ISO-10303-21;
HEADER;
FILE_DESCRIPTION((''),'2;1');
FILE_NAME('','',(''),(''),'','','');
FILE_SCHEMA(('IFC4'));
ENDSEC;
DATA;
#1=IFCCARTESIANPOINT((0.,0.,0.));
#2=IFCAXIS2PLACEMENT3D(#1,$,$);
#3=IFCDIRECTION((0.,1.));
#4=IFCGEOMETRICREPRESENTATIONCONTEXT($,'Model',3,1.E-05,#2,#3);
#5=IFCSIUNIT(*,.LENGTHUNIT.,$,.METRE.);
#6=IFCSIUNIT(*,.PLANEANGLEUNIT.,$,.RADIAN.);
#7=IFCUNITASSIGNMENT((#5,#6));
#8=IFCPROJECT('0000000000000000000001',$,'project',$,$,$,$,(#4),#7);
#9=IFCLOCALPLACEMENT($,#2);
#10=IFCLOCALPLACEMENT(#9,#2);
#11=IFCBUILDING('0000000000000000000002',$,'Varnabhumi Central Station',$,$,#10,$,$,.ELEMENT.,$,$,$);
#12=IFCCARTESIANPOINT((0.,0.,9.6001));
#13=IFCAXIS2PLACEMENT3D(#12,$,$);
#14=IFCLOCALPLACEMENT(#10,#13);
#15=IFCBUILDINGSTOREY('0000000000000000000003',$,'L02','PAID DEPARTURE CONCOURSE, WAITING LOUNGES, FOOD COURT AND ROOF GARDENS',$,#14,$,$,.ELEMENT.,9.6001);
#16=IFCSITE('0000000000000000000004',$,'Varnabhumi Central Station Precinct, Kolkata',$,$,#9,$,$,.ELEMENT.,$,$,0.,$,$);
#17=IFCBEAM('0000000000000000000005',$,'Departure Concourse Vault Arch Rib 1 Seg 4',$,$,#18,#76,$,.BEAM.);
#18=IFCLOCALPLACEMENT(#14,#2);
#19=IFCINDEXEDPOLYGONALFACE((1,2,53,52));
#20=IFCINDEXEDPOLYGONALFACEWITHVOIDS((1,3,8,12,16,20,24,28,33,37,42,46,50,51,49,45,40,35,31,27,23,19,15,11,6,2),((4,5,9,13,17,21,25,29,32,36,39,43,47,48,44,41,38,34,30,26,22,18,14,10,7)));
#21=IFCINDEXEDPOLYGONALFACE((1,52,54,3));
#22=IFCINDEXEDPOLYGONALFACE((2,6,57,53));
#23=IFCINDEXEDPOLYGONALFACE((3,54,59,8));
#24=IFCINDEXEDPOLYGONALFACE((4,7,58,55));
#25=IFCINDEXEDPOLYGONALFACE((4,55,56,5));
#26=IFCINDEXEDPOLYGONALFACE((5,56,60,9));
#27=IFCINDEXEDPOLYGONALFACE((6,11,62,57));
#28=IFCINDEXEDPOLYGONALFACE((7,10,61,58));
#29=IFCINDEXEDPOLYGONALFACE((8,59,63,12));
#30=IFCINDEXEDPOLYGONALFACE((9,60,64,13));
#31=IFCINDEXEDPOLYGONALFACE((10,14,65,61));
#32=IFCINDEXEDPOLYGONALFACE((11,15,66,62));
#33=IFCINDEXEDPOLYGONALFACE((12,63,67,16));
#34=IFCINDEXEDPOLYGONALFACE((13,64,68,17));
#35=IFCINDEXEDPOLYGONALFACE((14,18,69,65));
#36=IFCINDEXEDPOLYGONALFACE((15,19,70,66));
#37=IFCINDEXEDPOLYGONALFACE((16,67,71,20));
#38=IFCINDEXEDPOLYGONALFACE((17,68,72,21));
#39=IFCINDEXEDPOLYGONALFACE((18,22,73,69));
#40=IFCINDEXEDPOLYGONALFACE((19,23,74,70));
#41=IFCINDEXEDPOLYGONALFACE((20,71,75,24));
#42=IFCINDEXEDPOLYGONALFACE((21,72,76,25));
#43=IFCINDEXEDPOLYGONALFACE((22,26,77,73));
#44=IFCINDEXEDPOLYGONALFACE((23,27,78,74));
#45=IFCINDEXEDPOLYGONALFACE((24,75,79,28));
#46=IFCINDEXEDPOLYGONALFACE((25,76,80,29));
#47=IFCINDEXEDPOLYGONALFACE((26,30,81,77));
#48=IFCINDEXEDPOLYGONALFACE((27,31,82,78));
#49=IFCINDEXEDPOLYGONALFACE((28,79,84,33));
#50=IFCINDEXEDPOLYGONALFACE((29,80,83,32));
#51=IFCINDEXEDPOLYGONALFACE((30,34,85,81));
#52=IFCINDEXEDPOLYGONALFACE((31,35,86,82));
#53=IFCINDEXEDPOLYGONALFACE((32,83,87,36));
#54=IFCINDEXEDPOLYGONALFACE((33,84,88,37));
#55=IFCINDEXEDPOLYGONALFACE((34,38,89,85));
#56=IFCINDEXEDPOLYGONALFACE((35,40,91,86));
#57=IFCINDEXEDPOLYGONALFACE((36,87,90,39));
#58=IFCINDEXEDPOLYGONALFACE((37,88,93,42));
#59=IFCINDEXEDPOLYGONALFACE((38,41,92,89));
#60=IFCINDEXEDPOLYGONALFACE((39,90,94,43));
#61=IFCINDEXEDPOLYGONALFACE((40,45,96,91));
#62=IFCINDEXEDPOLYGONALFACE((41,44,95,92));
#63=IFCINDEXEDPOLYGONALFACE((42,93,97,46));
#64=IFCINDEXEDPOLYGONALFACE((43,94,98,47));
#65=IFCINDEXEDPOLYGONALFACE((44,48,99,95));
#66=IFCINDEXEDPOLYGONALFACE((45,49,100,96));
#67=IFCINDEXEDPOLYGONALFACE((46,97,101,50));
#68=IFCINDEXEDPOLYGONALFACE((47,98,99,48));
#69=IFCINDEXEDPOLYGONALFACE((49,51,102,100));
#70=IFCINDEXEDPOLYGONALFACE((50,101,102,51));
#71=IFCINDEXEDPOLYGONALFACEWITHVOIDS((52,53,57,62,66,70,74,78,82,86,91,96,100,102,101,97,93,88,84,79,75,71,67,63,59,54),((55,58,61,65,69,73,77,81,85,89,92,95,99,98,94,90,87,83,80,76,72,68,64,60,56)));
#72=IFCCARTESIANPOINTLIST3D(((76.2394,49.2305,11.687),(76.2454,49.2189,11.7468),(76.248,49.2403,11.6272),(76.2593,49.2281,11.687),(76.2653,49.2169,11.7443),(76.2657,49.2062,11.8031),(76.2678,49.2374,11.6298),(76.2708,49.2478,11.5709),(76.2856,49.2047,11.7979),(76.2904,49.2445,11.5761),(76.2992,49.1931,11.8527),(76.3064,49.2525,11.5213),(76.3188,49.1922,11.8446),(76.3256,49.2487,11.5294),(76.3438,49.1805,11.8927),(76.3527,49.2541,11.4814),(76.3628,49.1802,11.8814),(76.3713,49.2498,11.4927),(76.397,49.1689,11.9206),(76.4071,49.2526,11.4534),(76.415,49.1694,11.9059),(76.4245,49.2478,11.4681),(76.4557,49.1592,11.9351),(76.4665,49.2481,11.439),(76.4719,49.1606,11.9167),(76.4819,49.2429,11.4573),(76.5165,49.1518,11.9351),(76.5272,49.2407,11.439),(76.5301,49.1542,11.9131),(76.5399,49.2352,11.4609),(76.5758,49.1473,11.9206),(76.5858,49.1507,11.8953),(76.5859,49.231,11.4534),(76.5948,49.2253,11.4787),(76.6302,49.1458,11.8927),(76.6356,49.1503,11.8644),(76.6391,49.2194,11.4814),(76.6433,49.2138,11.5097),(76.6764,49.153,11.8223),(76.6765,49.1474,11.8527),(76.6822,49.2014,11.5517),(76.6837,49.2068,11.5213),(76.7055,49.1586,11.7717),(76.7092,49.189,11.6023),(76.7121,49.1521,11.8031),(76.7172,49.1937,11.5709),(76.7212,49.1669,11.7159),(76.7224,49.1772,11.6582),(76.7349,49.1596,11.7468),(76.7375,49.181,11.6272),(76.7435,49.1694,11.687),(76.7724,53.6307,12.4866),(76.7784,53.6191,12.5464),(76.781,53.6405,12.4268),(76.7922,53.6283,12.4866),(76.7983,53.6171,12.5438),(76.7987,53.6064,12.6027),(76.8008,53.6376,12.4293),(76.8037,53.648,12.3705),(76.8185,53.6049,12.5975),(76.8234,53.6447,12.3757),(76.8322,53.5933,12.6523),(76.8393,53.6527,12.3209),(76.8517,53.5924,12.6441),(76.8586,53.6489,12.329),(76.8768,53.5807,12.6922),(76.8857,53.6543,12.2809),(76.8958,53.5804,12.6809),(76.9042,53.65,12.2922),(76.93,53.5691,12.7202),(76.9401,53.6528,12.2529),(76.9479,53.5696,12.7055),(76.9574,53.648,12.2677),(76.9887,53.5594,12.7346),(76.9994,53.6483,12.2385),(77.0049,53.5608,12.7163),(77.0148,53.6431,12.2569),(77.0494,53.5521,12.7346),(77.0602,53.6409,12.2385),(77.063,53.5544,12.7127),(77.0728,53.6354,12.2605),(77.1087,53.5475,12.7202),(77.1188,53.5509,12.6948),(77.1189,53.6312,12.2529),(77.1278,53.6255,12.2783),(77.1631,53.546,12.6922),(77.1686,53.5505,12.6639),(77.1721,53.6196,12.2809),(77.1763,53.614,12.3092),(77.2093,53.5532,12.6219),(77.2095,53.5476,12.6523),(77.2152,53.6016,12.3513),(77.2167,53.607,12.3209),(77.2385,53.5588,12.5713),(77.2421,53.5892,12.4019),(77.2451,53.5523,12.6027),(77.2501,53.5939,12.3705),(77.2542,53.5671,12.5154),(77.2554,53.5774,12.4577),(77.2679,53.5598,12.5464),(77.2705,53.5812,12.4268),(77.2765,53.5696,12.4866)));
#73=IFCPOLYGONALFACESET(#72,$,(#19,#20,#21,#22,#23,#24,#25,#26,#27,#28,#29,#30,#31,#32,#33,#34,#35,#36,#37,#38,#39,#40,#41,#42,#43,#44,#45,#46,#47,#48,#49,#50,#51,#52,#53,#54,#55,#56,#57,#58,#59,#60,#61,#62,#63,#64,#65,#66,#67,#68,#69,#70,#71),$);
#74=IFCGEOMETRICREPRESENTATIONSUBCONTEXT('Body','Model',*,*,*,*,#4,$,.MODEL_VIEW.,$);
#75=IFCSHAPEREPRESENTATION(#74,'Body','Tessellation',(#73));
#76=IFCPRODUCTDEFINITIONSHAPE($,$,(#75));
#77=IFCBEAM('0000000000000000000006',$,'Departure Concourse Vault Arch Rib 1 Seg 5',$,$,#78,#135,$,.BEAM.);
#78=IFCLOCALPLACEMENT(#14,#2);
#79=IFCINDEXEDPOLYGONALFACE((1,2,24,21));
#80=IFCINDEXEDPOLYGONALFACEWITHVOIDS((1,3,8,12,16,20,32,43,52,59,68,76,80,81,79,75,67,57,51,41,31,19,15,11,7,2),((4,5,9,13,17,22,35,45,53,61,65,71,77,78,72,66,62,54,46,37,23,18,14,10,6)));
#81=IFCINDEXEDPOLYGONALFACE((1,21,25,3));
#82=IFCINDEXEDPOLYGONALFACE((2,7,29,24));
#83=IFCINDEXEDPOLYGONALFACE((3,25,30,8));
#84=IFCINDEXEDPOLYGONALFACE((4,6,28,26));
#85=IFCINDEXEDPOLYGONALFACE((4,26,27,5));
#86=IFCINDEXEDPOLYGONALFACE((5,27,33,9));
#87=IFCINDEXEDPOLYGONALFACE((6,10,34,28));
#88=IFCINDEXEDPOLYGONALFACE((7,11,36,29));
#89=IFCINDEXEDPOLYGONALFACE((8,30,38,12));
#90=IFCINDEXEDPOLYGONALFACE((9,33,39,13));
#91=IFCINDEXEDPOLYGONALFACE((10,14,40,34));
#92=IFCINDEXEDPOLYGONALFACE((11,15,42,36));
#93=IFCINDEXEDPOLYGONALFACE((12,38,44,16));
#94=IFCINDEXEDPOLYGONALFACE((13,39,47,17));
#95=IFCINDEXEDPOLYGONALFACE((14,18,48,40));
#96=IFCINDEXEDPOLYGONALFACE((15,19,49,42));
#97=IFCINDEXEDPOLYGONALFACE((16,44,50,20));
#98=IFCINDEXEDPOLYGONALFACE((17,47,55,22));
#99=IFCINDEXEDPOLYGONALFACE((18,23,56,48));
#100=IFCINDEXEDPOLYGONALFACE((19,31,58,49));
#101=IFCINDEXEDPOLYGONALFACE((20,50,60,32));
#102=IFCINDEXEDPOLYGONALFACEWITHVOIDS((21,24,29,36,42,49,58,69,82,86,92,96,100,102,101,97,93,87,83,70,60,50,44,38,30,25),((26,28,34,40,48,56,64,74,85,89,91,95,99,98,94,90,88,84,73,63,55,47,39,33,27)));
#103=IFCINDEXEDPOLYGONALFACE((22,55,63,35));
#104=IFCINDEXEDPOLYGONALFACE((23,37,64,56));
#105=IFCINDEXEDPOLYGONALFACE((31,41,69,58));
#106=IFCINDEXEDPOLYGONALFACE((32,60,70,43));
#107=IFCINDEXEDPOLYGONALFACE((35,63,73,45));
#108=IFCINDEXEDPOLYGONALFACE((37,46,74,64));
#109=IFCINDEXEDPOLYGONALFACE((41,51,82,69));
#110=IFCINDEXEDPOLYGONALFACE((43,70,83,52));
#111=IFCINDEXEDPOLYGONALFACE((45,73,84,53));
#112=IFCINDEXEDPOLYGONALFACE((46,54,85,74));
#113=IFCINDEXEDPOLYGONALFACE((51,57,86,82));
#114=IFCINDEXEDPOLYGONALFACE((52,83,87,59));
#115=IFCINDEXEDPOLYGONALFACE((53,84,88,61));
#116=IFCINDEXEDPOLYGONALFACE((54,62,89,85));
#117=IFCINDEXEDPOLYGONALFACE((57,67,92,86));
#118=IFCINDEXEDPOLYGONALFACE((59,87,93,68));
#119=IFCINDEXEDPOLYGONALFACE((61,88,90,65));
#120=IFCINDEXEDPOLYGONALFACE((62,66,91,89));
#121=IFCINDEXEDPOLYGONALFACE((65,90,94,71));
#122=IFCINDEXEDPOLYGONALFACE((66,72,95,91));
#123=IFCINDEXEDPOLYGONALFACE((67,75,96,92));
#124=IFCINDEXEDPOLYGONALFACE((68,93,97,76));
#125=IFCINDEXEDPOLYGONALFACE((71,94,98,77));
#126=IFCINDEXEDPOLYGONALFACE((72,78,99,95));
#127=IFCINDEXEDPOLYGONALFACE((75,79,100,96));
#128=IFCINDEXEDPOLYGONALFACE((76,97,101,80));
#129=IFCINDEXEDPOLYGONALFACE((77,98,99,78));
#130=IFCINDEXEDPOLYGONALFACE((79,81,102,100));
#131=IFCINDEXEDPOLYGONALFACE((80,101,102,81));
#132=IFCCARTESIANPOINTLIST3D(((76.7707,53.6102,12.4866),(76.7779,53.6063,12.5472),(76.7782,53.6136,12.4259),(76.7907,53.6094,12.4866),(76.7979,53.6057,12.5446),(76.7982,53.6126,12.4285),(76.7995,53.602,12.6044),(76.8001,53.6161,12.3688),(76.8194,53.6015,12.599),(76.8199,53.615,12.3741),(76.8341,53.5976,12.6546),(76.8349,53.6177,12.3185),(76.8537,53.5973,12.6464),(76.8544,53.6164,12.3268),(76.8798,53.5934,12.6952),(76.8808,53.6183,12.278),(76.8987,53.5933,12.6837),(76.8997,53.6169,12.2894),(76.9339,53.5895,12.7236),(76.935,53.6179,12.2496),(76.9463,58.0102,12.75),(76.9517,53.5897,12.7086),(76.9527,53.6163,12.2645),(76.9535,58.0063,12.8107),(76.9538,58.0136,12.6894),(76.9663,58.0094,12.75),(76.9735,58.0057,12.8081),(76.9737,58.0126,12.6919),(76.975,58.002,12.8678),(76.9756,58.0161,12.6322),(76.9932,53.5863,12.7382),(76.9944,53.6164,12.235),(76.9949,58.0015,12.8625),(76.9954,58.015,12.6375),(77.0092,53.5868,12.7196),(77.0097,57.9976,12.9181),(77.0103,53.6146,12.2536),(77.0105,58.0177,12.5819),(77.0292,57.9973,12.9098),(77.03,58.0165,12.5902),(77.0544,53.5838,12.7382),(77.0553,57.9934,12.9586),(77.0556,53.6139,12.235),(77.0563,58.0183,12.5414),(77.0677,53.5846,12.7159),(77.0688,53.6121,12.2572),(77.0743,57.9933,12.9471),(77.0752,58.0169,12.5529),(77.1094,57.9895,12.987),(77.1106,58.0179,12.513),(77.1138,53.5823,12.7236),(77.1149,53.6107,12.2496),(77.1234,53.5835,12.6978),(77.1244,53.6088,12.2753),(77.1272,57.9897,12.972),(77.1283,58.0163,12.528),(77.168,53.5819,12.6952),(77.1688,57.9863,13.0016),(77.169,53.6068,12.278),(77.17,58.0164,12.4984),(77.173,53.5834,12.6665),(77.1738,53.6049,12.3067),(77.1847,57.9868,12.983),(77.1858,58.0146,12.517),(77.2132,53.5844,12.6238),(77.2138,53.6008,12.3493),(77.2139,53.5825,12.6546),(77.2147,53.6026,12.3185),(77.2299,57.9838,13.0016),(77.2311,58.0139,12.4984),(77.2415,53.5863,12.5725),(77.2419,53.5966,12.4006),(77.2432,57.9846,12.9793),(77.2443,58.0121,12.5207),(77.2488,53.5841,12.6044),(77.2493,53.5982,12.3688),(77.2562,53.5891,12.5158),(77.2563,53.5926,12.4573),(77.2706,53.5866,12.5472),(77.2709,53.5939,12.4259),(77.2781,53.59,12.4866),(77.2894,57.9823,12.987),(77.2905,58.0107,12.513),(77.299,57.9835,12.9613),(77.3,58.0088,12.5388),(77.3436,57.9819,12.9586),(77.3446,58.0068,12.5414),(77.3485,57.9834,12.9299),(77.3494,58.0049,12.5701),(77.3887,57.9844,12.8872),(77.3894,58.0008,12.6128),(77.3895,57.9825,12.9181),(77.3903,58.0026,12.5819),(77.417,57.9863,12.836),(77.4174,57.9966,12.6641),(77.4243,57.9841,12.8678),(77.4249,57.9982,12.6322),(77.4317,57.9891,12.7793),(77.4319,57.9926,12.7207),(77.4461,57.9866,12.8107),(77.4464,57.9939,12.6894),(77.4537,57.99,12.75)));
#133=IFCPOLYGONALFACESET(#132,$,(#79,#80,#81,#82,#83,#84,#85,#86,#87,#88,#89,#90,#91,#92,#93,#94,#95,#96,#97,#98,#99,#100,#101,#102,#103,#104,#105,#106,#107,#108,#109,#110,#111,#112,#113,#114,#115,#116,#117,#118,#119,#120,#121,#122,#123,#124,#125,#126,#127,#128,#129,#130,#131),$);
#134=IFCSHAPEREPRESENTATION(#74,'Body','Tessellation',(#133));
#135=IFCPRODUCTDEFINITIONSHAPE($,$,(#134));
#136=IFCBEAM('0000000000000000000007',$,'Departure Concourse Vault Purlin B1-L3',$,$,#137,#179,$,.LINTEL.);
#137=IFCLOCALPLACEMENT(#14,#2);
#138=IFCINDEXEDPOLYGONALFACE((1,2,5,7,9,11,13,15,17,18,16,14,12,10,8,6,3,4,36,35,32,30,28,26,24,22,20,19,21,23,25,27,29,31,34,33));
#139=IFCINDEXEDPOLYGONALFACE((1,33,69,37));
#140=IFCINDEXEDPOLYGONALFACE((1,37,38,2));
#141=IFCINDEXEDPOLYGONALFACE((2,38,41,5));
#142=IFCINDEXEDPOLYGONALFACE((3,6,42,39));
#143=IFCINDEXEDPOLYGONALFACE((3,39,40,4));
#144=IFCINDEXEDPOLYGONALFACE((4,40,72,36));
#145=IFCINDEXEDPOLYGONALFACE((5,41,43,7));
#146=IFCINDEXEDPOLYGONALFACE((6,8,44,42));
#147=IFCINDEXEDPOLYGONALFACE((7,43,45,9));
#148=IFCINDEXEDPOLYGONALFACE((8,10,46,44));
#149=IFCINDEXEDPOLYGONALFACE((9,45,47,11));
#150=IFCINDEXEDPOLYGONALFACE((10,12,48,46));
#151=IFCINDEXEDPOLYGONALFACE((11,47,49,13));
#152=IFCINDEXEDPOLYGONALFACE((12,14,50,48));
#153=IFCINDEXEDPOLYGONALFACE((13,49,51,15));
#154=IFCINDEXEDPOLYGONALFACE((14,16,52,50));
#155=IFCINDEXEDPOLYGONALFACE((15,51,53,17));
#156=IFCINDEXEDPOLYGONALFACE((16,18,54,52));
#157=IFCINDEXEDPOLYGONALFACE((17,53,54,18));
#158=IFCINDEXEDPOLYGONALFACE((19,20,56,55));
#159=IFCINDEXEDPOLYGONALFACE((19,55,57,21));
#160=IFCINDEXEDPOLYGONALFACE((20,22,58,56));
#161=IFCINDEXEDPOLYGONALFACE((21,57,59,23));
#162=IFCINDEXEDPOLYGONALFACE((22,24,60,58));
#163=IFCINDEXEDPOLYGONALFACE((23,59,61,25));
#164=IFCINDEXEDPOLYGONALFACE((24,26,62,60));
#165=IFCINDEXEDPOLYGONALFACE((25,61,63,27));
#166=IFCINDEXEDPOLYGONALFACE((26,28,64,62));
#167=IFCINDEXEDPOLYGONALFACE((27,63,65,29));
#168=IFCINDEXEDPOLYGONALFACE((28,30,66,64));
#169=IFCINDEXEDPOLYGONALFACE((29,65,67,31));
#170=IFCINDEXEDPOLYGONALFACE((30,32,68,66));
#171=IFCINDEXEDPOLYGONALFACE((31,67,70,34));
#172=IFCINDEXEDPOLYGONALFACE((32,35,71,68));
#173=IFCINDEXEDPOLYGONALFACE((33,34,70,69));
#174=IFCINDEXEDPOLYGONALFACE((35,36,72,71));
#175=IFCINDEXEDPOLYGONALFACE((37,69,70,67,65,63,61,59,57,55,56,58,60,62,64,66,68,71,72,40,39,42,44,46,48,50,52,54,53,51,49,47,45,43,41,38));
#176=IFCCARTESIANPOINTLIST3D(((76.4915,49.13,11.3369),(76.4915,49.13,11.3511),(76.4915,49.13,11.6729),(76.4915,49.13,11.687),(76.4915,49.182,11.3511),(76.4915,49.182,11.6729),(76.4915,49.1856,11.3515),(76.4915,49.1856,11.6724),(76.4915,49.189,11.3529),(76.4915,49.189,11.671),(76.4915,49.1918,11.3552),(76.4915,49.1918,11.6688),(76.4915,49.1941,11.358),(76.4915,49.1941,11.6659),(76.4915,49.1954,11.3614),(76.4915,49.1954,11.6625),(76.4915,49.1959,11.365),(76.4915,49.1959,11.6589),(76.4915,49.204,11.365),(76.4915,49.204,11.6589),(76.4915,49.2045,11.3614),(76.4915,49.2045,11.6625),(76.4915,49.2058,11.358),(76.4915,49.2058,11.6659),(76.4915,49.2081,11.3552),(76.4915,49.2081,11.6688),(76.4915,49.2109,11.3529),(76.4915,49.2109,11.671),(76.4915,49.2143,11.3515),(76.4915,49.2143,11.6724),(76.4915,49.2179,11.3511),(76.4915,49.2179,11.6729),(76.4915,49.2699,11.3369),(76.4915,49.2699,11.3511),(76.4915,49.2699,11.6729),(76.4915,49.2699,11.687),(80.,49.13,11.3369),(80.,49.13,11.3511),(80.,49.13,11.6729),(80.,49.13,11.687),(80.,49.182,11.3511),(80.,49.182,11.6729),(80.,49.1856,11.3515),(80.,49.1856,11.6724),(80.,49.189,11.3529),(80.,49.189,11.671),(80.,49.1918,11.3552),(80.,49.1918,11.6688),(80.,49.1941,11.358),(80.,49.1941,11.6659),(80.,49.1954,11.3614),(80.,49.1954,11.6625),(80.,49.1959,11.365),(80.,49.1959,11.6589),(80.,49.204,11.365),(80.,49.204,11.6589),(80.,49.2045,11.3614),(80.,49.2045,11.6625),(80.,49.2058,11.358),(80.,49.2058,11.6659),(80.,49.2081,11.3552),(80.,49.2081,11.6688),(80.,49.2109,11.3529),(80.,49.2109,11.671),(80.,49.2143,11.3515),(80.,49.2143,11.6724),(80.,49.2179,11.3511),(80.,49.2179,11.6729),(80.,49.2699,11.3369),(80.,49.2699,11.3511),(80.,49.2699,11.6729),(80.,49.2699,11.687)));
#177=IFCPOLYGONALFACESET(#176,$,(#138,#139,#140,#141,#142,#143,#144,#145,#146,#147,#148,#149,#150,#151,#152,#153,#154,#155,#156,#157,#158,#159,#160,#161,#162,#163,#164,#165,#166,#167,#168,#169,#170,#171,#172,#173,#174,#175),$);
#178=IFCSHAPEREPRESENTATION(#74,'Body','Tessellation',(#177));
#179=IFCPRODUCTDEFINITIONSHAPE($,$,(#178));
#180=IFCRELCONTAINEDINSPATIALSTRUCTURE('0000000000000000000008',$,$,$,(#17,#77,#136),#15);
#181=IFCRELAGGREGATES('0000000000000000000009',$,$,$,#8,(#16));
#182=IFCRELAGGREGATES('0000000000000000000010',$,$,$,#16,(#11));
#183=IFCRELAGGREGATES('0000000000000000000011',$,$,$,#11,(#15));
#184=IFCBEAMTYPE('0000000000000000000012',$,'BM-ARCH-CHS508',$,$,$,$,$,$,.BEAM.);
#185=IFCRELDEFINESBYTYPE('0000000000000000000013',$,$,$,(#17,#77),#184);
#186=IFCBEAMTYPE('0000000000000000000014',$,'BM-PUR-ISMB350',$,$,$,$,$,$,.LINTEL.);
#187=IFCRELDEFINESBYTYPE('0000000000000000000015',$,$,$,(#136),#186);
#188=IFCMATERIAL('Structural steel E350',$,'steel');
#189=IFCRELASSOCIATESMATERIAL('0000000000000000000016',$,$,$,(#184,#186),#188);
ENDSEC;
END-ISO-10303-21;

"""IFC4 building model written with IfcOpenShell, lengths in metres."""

from ifc_helpers import new_model, si_unit, direction, frame, origin, origin_2d, place, context, subcontext, project, spatial, hollow_circle, i_section, extrude, material, material_profile, profile_set, type_object, element, save


model = new_model("IFC4")

# Units and contexts
model_context = context("Model", 3, precision=1e-05, world=origin(), true_north=direction((0.0, 1.0)))
body_context = subcontext(model_context, "Body", "Model", "MODEL_VIEW")
ifc_project = project(units=[si_unit("LENGTHUNIT", "METRE"), si_unit("PLANEANGLEUNIT", "RADIAN")], contexts=[model_context])

# Site, building, storey
site_placement = place(None, origin())
site = spatial("IfcSite", under=ifc_project, at=site_placement, Name="Varnabhumi Central Station Precinct, Kolkata", CompositionType="ELEMENT", RefElevation=0.0)
building_placement = place(site_placement, origin())
building = spatial("IfcBuilding", under=site, at=building_placement, Name="Varnabhumi Central Station", CompositionType="ELEMENT")
storey_placement = place(building_placement, frame((0.0, 0.0, 9.6001)))
storey = spatial("IfcBuildingStorey", under=building, at=storey_placement, Name="L02", Description="PAID DEPARTURE CONCOURSE, WAITING LOUNGES, FOOD COURT AND ROOF GARDENS", CompositionType="ELEMENT", Elevation=9.6001)

# Beams
ifc_material_1 = material(Name="Structural steel E350", Category="steel")
ifc_material_profile_1 = material_profile(ifc_material_1, hollow_circle(Radius=0.2539, WallThickness=0.02, at=origin_2d()), Name="Structural steel E350", Category="steel")
ifc_profile_set_1 = profile_set([ifc_material_profile_1], Name="Structural steel E350")
beam_type_1 = type_object("IfcBeamType", Name="BM-ARCH-CHS508", PredefinedType="BEAM", material=ifc_profile_set_1)
beam_1_placement = place(storey_placement, frame((76.4915, 49.2, 11.687), z_axis=(0.118334, 0.976975, 0.177528), x_axis=(-0.992744, 0.120244, 0.0)))
element("IfcBeam", 1, at=beam_1_placement, inside=storey, type_object=beam_type_1, Name="Departure Concourse Vault Arch Rib 1 Seg 4", PredefinedType="BEAM", context=body_context, shape_type="SweptSolid", body=[
    extrude(hollow_circle(Radius=0.2539, WallThickness=0.02, at=origin_2d()), origin(), (0.0, 0.0, 1.0), 4.5039),
])
beam_2_placement = place(storey_placement, frame((77.0244, 53.6001, 12.4866), z_axis=(0.039793, 0.997422, 0.059717), x_axis=(-0.999205, 0.039864, 0.0)))
element("IfcBeam", 2, at=beam_2_placement, inside=storey, type_object=beam_type_1, Name="Departure Concourse Vault Arch Rib 1 Seg 5", PredefinedType="BEAM", context=body_context, shape_type="SweptSolid", body=[
    extrude(hollow_circle(Radius=0.2539, WallThickness=0.02, at=origin_2d()), origin(), (0.0, 0.0, 1.0), 4.4114),
])
ifc_material_profile_2 = material_profile(ifc_material_1, i_section(OverallWidth=0.1399, OverallDepth=0.3501, WebThickness=0.0081, FlangeThickness=0.0142, FilletRadius=0.0139, at=origin_2d()), Name="Structural steel E350", Category="steel")
ifc_profile_set_2 = profile_set([ifc_material_profile_2], Name="Structural steel E350")
beam_type_2 = type_object("IfcBeamType", Name="BM-PUR-ISMB350", PredefinedType="LINTEL", material=ifc_profile_set_2)
beam_3_placement = place(storey_placement, frame((76.4915, 49.2, 11.512), z_axis=(1.0, 0.0, 0.0), x_axis=(0.0, 1.0, 0.0)))
element("IfcBeam", 3, at=beam_3_placement, inside=storey, type_object=beam_type_2, Name="Departure Concourse Vault Purlin B1-L3", PredefinedType="LINTEL", context=body_context, shape_type="SweptSolid", body=[
    extrude(i_section(OverallWidth=0.1399, OverallDepth=0.3501, WebThickness=0.0081, FlangeThickness=0.0142, FilletRadius=0.0139, at=origin_2d()), origin(), (0.0, 0.0, 1.0), 3.5085),
])

save(model, "model.ifc")
